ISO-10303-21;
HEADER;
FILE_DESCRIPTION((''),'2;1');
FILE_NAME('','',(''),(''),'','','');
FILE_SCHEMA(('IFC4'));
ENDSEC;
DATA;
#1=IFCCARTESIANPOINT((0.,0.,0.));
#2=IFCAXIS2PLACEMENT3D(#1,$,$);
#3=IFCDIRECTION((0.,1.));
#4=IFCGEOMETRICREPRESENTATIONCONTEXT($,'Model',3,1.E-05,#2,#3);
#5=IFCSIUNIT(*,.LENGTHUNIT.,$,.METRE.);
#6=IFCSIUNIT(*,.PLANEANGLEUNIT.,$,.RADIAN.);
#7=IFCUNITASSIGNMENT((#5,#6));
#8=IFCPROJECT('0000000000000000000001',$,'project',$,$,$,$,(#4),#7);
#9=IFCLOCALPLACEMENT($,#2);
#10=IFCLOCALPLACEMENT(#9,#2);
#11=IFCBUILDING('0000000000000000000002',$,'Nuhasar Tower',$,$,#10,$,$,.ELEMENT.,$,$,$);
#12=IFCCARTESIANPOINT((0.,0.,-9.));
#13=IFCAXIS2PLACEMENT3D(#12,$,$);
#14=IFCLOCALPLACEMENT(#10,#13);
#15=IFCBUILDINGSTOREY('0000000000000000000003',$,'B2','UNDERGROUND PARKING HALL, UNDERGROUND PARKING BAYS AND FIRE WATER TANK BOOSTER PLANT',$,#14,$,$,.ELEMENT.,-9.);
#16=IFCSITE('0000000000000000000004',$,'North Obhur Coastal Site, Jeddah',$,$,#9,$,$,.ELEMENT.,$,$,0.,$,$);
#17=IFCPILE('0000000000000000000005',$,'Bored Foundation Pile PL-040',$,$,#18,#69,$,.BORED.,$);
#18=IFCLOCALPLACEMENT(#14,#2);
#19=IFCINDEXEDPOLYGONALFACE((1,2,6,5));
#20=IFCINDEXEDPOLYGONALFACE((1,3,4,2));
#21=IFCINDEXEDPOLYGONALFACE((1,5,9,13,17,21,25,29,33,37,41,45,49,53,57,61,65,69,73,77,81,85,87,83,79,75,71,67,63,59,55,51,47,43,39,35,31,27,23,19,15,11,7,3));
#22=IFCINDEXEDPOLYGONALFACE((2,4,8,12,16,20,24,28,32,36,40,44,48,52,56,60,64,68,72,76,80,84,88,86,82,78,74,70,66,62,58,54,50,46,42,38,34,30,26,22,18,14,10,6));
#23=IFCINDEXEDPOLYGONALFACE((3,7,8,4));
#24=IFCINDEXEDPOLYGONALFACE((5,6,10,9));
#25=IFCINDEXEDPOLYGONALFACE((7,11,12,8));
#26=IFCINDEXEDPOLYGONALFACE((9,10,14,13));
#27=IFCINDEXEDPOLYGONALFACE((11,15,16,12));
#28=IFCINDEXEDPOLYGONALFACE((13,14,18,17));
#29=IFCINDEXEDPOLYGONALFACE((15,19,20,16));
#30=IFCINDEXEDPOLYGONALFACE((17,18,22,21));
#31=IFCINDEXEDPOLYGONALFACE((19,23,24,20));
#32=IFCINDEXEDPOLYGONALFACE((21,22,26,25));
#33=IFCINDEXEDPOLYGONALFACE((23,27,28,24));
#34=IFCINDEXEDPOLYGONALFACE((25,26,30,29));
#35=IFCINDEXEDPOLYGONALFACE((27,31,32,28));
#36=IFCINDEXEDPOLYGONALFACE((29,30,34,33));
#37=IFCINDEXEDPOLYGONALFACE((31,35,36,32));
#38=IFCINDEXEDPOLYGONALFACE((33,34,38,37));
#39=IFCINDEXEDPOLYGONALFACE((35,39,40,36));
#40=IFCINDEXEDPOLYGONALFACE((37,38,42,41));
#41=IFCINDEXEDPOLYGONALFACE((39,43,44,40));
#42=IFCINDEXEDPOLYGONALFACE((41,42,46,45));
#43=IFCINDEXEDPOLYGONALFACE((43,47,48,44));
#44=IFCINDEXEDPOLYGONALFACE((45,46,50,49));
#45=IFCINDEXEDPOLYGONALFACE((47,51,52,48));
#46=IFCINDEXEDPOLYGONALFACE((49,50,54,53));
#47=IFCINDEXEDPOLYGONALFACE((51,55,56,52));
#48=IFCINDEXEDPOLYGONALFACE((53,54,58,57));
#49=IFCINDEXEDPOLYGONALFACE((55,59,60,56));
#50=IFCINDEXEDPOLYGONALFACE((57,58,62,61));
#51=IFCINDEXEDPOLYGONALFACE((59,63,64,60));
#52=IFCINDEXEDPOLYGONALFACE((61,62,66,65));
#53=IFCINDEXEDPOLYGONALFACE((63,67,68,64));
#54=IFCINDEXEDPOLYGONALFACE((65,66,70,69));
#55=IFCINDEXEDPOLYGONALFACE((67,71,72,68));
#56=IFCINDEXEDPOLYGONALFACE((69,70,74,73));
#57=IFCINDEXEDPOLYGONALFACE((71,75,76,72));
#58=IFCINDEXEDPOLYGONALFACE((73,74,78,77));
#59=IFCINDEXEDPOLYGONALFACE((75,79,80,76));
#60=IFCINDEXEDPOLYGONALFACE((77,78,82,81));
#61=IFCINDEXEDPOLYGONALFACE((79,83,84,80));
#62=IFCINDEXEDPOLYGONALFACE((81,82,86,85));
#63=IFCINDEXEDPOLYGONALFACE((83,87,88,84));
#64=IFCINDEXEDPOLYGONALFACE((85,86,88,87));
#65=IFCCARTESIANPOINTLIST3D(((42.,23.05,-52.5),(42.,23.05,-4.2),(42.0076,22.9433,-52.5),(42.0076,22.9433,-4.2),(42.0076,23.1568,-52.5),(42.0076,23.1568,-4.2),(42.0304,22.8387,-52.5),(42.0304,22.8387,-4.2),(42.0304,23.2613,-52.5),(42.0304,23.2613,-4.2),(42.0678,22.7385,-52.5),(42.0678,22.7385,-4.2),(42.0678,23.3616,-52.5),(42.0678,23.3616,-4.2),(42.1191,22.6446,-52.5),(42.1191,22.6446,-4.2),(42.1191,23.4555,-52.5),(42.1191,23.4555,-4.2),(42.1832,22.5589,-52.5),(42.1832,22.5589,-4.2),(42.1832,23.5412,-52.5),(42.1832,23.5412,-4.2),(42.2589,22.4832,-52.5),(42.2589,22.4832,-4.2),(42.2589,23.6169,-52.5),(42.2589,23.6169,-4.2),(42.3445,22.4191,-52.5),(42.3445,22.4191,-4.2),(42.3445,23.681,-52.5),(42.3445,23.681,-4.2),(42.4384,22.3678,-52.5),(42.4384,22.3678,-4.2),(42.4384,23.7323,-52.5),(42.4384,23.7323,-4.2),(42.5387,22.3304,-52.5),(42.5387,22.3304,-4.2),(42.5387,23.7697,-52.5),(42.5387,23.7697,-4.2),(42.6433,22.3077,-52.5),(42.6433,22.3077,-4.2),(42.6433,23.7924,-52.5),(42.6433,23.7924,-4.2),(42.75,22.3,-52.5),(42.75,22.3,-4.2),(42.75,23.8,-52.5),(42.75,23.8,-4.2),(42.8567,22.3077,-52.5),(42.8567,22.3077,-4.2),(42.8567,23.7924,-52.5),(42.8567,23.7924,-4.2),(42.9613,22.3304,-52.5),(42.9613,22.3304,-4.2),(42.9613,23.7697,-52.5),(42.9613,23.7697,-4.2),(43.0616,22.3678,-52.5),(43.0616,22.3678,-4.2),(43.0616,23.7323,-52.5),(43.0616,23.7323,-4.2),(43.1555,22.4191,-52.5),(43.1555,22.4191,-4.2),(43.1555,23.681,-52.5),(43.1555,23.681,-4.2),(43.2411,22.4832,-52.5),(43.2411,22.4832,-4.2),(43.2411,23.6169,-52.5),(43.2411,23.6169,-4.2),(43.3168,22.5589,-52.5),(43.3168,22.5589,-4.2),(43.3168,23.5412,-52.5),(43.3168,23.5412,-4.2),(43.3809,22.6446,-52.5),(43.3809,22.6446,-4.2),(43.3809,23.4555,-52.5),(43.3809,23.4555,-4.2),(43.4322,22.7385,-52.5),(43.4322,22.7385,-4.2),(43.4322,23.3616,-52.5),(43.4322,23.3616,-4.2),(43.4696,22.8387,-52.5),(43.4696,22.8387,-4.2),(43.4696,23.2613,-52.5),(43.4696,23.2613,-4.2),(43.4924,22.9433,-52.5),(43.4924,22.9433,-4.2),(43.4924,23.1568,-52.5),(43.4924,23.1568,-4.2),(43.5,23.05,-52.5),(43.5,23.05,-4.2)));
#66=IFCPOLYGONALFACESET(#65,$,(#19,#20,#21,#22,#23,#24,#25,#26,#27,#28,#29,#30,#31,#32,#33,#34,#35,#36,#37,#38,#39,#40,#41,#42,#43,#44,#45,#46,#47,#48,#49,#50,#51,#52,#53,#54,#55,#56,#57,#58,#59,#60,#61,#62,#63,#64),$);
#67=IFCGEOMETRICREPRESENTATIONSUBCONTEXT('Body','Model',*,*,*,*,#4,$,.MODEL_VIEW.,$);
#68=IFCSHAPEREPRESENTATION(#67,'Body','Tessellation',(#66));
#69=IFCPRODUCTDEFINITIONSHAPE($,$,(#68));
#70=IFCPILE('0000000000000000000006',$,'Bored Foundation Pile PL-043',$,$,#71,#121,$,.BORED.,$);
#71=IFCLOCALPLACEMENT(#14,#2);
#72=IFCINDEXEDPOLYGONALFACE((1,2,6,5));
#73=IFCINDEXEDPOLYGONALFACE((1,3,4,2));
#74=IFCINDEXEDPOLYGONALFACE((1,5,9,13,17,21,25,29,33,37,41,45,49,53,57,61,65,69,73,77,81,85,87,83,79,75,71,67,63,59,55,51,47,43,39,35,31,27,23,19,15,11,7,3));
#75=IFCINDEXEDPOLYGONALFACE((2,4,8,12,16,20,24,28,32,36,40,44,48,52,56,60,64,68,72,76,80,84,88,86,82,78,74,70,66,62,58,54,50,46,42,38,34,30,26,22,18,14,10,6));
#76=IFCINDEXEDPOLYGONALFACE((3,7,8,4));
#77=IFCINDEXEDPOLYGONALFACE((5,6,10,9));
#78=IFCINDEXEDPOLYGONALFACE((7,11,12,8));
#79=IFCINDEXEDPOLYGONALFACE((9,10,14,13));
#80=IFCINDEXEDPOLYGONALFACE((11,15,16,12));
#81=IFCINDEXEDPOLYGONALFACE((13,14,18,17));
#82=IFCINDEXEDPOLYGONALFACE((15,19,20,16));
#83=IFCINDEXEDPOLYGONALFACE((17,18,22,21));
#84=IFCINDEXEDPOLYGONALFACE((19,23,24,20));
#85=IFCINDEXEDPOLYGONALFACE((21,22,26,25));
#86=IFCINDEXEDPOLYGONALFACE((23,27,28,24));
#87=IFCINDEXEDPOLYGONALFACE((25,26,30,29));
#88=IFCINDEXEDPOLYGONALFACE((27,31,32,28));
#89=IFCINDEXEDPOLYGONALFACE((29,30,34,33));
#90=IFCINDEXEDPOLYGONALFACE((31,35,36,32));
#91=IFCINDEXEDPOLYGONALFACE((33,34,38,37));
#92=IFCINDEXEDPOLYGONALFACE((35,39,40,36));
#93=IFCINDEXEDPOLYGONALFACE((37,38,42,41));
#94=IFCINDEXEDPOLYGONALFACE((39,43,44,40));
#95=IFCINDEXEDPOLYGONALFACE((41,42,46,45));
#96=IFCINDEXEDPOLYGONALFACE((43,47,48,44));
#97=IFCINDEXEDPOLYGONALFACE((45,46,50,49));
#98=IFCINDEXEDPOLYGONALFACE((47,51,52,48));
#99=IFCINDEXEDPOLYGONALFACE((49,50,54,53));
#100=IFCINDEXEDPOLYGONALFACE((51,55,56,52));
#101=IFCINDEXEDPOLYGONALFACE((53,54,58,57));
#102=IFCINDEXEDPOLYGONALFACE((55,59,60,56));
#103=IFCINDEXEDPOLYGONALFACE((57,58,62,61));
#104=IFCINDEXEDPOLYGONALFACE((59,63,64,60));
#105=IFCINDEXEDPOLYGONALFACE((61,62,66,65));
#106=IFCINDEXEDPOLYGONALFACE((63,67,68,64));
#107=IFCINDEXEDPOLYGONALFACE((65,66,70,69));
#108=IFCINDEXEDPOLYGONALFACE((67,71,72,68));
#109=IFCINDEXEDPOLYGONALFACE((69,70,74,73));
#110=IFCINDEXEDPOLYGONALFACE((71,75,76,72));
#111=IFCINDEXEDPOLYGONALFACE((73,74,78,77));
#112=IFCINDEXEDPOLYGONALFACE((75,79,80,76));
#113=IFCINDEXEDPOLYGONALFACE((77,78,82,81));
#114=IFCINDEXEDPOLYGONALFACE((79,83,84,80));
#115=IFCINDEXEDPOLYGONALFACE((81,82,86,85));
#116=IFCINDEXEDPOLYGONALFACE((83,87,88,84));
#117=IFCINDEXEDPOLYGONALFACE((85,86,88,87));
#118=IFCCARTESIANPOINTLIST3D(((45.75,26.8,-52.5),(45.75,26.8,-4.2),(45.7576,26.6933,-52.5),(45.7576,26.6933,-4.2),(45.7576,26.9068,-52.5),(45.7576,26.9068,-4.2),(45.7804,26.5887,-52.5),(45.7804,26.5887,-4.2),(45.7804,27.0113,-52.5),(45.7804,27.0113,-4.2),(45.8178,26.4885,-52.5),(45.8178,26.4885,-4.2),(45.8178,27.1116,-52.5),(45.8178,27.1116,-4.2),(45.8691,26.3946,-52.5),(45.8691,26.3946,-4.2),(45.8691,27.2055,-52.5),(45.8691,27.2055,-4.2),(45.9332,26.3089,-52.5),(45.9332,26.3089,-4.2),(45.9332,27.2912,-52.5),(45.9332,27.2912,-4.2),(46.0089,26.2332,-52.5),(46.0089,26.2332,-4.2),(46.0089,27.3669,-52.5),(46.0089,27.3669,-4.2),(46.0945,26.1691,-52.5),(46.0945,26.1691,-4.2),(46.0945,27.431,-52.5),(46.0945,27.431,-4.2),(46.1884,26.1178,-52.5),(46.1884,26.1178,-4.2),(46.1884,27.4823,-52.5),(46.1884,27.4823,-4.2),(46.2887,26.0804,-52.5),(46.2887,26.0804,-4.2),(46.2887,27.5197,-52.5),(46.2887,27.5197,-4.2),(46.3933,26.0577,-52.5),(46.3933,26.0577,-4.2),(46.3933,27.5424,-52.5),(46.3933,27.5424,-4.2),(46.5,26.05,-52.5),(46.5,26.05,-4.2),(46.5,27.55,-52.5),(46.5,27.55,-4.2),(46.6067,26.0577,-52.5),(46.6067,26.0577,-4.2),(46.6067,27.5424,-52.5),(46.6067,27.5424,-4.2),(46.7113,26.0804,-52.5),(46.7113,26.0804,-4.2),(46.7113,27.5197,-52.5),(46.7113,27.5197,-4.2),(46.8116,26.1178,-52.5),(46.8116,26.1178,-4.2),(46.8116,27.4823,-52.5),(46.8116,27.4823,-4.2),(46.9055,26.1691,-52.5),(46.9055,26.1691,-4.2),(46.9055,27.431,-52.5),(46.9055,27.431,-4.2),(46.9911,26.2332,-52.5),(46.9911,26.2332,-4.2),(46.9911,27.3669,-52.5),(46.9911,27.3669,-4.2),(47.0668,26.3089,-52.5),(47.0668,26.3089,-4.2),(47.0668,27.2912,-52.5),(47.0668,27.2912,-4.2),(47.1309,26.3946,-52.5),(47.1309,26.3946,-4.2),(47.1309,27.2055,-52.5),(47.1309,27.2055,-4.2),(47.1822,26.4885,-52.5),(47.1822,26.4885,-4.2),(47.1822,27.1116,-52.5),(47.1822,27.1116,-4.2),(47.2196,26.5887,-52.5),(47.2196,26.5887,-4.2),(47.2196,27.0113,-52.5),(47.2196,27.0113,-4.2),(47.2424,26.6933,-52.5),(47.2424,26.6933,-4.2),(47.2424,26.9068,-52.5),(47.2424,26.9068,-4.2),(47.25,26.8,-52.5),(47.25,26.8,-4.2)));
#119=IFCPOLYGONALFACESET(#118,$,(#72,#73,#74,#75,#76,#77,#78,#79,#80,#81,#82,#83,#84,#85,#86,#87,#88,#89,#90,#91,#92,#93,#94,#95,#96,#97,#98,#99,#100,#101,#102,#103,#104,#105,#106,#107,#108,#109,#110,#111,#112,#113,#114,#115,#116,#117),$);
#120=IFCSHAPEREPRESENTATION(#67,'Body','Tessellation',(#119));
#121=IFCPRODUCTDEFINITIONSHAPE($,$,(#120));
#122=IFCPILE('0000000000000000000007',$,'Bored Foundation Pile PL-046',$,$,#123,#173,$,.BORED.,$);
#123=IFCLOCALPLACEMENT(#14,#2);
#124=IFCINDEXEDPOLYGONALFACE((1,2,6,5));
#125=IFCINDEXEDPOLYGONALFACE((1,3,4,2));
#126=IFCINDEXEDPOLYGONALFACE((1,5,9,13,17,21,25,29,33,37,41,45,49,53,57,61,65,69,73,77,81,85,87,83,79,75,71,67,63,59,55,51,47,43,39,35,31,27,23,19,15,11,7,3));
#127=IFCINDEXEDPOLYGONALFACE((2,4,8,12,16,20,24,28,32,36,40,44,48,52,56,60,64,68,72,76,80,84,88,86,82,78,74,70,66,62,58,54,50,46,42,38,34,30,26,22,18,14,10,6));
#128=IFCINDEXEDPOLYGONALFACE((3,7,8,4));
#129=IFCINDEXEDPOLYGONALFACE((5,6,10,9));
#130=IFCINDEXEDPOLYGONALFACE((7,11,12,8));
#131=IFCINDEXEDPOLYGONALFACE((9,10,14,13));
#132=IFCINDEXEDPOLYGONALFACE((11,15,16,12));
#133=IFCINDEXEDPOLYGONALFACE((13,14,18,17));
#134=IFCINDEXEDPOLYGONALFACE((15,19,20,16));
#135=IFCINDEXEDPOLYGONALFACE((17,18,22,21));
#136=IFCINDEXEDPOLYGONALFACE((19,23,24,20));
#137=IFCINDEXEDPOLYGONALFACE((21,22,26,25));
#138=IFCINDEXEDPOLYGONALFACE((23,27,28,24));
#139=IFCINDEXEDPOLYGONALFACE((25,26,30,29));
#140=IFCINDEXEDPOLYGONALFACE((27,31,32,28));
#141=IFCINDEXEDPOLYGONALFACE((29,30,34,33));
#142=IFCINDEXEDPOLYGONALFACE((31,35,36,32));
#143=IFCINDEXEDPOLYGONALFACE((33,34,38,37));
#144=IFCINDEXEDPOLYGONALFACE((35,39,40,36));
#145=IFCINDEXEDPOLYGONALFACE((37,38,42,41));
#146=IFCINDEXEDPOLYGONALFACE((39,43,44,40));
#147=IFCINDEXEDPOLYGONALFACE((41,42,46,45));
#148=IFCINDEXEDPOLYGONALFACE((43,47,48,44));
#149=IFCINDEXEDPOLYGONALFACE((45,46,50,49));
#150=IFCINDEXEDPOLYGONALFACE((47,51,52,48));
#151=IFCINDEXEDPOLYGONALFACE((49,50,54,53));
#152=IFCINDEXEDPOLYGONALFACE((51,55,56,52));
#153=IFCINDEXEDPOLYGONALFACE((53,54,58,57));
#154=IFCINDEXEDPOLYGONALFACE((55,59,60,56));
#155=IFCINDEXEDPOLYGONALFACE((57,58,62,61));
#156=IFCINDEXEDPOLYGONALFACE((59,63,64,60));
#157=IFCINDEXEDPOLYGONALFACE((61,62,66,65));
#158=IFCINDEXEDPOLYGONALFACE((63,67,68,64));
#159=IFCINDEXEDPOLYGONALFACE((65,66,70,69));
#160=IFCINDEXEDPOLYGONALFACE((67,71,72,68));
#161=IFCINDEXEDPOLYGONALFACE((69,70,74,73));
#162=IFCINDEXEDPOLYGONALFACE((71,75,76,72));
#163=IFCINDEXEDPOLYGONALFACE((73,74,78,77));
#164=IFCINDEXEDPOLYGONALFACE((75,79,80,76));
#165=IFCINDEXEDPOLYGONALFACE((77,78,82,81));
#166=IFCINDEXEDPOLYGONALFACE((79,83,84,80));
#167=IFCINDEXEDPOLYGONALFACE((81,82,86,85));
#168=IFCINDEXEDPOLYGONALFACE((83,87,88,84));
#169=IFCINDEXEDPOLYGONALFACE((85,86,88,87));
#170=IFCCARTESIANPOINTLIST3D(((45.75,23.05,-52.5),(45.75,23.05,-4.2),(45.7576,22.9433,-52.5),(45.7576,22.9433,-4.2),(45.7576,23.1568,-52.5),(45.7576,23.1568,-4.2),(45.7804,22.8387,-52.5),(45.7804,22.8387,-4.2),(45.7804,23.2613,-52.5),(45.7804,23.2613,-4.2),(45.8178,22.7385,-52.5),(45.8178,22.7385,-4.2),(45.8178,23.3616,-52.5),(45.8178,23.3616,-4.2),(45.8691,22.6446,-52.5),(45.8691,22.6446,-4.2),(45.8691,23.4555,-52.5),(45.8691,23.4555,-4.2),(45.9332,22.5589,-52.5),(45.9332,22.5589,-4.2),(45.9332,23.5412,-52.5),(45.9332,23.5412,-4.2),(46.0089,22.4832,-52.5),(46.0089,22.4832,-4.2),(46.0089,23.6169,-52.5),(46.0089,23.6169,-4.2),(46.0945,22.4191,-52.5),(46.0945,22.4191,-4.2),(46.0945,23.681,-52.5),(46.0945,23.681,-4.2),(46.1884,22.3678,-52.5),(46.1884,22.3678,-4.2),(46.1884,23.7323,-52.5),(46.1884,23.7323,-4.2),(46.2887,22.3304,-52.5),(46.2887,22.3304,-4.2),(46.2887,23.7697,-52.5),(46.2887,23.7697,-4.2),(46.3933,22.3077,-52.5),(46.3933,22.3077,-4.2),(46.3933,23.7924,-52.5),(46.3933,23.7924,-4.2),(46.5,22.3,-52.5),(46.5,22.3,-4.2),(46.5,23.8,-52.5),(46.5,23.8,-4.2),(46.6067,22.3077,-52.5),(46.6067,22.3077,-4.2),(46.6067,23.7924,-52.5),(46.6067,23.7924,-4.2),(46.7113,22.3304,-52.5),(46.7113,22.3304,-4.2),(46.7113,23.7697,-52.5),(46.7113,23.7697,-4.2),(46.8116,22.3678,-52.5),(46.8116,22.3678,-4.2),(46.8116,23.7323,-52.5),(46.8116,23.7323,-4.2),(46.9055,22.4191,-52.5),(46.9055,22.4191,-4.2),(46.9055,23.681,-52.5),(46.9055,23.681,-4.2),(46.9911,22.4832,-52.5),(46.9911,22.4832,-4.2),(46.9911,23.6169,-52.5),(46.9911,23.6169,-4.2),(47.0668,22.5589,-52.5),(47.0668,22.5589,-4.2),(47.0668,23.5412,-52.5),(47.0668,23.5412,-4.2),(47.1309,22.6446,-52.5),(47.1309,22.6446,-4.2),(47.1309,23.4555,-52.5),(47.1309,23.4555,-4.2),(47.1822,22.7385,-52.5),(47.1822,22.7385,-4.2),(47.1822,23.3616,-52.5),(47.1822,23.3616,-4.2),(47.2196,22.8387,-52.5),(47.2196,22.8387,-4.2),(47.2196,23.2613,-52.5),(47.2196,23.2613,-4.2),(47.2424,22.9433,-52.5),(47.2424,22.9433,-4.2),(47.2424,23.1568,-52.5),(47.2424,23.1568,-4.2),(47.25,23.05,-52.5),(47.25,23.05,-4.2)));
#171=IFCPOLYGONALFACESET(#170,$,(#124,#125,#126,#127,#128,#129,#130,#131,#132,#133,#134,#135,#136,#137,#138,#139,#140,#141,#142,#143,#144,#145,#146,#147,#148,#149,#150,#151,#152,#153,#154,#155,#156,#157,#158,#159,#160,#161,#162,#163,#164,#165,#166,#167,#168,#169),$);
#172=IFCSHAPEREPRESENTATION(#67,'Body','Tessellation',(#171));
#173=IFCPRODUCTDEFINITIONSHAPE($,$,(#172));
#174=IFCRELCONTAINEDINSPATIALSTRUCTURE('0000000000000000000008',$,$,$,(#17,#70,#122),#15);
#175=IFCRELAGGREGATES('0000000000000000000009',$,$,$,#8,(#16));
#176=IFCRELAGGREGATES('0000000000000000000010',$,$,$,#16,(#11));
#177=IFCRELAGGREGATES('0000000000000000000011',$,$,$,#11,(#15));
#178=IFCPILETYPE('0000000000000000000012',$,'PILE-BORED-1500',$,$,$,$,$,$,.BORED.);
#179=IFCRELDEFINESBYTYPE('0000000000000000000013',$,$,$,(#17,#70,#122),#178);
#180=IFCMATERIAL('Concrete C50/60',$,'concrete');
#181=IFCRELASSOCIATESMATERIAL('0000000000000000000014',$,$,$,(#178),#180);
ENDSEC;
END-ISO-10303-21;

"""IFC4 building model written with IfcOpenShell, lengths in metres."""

from ifc_helpers import new_model, si_unit, direction, frame, origin, origin_2d, place, context, subcontext, project, spatial, circle, extrude, material, material_profile, profile_set, type_object, element, save


model = new_model("IFC4")

# Units and contexts
model_context = context("Model", 3, precision=1e-05, world=origin(), true_north=direction((0.0, 1.0)))
body_context = subcontext(model_context, "Body", "Model", "MODEL_VIEW")
ifc_project = project(units=[si_unit("LENGTHUNIT", "METRE"), si_unit("PLANEANGLEUNIT", "RADIAN")], contexts=[model_context])

# Site, building, storey
site_placement = place(None, origin())
site = spatial("IfcSite", under=ifc_project, at=site_placement, Name="North Obhur Coastal Site, Jeddah", CompositionType="ELEMENT", RefElevation=0.0)
building_placement = place(site_placement, origin())
building = spatial("IfcBuilding", under=site, at=building_placement, Name="Nuhasar Tower", CompositionType="ELEMENT")
storey_placement = place(building_placement, frame((0.0, 0.0, -9.0)))
storey = spatial("IfcBuildingStorey", under=building, at=storey_placement, Name="B2", Description="UNDERGROUND PARKING HALL, UNDERGROUND PARKING BAYS AND FIRE WATER TANK BOOSTER PLANT", CompositionType="ELEMENT", Elevation=-9.0)

# Piles
ifc_material_1 = material(Name="Concrete C50/60", Category="concrete")
ifc_material_profile_1 = material_profile(ifc_material_1, circle(Radius=0.75, at=origin_2d()), Name="PILE1500")
ifc_profile_set_1 = profile_set([ifc_material_profile_1], Name="Concrete C50/60")
pile_type = type_object("IfcPileType", Name="PILE-BORED-1500", PredefinedType="BORED", material=ifc_profile_set_1)
for number, where, z_axis, x_axis, name in (
    (1, (42.75, 23.05, -4.2), (0.0, 0.0, -1.0), (1.0, 0.0, 0.0), "Bored Foundation Pile PL-040"),
    (2, (46.5, 26.8, -4.2), (0.0, 0.0, -1.0), (1.0, 0.0, 0.0), "Bored Foundation Pile PL-043"),
    (3, (46.5, 23.05, -4.2), (0.0, 0.0, -1.0), (1.0, 0.0, 0.0), "Bored Foundation Pile PL-046"),
):
    element("IfcPile", number, at=place(storey_placement, frame(where, z_axis=z_axis, x_axis=x_axis)), inside=storey, type_object=pile_type, Name=name, PredefinedType="BORED", context=body_context, shape_type="SweptSolid", body=[
        extrude(circle(Radius=0.75, at=origin_2d()), origin(), (0.0, 0.0, 1.0), 48.3),
    ])

save(model, "model.ifc")
